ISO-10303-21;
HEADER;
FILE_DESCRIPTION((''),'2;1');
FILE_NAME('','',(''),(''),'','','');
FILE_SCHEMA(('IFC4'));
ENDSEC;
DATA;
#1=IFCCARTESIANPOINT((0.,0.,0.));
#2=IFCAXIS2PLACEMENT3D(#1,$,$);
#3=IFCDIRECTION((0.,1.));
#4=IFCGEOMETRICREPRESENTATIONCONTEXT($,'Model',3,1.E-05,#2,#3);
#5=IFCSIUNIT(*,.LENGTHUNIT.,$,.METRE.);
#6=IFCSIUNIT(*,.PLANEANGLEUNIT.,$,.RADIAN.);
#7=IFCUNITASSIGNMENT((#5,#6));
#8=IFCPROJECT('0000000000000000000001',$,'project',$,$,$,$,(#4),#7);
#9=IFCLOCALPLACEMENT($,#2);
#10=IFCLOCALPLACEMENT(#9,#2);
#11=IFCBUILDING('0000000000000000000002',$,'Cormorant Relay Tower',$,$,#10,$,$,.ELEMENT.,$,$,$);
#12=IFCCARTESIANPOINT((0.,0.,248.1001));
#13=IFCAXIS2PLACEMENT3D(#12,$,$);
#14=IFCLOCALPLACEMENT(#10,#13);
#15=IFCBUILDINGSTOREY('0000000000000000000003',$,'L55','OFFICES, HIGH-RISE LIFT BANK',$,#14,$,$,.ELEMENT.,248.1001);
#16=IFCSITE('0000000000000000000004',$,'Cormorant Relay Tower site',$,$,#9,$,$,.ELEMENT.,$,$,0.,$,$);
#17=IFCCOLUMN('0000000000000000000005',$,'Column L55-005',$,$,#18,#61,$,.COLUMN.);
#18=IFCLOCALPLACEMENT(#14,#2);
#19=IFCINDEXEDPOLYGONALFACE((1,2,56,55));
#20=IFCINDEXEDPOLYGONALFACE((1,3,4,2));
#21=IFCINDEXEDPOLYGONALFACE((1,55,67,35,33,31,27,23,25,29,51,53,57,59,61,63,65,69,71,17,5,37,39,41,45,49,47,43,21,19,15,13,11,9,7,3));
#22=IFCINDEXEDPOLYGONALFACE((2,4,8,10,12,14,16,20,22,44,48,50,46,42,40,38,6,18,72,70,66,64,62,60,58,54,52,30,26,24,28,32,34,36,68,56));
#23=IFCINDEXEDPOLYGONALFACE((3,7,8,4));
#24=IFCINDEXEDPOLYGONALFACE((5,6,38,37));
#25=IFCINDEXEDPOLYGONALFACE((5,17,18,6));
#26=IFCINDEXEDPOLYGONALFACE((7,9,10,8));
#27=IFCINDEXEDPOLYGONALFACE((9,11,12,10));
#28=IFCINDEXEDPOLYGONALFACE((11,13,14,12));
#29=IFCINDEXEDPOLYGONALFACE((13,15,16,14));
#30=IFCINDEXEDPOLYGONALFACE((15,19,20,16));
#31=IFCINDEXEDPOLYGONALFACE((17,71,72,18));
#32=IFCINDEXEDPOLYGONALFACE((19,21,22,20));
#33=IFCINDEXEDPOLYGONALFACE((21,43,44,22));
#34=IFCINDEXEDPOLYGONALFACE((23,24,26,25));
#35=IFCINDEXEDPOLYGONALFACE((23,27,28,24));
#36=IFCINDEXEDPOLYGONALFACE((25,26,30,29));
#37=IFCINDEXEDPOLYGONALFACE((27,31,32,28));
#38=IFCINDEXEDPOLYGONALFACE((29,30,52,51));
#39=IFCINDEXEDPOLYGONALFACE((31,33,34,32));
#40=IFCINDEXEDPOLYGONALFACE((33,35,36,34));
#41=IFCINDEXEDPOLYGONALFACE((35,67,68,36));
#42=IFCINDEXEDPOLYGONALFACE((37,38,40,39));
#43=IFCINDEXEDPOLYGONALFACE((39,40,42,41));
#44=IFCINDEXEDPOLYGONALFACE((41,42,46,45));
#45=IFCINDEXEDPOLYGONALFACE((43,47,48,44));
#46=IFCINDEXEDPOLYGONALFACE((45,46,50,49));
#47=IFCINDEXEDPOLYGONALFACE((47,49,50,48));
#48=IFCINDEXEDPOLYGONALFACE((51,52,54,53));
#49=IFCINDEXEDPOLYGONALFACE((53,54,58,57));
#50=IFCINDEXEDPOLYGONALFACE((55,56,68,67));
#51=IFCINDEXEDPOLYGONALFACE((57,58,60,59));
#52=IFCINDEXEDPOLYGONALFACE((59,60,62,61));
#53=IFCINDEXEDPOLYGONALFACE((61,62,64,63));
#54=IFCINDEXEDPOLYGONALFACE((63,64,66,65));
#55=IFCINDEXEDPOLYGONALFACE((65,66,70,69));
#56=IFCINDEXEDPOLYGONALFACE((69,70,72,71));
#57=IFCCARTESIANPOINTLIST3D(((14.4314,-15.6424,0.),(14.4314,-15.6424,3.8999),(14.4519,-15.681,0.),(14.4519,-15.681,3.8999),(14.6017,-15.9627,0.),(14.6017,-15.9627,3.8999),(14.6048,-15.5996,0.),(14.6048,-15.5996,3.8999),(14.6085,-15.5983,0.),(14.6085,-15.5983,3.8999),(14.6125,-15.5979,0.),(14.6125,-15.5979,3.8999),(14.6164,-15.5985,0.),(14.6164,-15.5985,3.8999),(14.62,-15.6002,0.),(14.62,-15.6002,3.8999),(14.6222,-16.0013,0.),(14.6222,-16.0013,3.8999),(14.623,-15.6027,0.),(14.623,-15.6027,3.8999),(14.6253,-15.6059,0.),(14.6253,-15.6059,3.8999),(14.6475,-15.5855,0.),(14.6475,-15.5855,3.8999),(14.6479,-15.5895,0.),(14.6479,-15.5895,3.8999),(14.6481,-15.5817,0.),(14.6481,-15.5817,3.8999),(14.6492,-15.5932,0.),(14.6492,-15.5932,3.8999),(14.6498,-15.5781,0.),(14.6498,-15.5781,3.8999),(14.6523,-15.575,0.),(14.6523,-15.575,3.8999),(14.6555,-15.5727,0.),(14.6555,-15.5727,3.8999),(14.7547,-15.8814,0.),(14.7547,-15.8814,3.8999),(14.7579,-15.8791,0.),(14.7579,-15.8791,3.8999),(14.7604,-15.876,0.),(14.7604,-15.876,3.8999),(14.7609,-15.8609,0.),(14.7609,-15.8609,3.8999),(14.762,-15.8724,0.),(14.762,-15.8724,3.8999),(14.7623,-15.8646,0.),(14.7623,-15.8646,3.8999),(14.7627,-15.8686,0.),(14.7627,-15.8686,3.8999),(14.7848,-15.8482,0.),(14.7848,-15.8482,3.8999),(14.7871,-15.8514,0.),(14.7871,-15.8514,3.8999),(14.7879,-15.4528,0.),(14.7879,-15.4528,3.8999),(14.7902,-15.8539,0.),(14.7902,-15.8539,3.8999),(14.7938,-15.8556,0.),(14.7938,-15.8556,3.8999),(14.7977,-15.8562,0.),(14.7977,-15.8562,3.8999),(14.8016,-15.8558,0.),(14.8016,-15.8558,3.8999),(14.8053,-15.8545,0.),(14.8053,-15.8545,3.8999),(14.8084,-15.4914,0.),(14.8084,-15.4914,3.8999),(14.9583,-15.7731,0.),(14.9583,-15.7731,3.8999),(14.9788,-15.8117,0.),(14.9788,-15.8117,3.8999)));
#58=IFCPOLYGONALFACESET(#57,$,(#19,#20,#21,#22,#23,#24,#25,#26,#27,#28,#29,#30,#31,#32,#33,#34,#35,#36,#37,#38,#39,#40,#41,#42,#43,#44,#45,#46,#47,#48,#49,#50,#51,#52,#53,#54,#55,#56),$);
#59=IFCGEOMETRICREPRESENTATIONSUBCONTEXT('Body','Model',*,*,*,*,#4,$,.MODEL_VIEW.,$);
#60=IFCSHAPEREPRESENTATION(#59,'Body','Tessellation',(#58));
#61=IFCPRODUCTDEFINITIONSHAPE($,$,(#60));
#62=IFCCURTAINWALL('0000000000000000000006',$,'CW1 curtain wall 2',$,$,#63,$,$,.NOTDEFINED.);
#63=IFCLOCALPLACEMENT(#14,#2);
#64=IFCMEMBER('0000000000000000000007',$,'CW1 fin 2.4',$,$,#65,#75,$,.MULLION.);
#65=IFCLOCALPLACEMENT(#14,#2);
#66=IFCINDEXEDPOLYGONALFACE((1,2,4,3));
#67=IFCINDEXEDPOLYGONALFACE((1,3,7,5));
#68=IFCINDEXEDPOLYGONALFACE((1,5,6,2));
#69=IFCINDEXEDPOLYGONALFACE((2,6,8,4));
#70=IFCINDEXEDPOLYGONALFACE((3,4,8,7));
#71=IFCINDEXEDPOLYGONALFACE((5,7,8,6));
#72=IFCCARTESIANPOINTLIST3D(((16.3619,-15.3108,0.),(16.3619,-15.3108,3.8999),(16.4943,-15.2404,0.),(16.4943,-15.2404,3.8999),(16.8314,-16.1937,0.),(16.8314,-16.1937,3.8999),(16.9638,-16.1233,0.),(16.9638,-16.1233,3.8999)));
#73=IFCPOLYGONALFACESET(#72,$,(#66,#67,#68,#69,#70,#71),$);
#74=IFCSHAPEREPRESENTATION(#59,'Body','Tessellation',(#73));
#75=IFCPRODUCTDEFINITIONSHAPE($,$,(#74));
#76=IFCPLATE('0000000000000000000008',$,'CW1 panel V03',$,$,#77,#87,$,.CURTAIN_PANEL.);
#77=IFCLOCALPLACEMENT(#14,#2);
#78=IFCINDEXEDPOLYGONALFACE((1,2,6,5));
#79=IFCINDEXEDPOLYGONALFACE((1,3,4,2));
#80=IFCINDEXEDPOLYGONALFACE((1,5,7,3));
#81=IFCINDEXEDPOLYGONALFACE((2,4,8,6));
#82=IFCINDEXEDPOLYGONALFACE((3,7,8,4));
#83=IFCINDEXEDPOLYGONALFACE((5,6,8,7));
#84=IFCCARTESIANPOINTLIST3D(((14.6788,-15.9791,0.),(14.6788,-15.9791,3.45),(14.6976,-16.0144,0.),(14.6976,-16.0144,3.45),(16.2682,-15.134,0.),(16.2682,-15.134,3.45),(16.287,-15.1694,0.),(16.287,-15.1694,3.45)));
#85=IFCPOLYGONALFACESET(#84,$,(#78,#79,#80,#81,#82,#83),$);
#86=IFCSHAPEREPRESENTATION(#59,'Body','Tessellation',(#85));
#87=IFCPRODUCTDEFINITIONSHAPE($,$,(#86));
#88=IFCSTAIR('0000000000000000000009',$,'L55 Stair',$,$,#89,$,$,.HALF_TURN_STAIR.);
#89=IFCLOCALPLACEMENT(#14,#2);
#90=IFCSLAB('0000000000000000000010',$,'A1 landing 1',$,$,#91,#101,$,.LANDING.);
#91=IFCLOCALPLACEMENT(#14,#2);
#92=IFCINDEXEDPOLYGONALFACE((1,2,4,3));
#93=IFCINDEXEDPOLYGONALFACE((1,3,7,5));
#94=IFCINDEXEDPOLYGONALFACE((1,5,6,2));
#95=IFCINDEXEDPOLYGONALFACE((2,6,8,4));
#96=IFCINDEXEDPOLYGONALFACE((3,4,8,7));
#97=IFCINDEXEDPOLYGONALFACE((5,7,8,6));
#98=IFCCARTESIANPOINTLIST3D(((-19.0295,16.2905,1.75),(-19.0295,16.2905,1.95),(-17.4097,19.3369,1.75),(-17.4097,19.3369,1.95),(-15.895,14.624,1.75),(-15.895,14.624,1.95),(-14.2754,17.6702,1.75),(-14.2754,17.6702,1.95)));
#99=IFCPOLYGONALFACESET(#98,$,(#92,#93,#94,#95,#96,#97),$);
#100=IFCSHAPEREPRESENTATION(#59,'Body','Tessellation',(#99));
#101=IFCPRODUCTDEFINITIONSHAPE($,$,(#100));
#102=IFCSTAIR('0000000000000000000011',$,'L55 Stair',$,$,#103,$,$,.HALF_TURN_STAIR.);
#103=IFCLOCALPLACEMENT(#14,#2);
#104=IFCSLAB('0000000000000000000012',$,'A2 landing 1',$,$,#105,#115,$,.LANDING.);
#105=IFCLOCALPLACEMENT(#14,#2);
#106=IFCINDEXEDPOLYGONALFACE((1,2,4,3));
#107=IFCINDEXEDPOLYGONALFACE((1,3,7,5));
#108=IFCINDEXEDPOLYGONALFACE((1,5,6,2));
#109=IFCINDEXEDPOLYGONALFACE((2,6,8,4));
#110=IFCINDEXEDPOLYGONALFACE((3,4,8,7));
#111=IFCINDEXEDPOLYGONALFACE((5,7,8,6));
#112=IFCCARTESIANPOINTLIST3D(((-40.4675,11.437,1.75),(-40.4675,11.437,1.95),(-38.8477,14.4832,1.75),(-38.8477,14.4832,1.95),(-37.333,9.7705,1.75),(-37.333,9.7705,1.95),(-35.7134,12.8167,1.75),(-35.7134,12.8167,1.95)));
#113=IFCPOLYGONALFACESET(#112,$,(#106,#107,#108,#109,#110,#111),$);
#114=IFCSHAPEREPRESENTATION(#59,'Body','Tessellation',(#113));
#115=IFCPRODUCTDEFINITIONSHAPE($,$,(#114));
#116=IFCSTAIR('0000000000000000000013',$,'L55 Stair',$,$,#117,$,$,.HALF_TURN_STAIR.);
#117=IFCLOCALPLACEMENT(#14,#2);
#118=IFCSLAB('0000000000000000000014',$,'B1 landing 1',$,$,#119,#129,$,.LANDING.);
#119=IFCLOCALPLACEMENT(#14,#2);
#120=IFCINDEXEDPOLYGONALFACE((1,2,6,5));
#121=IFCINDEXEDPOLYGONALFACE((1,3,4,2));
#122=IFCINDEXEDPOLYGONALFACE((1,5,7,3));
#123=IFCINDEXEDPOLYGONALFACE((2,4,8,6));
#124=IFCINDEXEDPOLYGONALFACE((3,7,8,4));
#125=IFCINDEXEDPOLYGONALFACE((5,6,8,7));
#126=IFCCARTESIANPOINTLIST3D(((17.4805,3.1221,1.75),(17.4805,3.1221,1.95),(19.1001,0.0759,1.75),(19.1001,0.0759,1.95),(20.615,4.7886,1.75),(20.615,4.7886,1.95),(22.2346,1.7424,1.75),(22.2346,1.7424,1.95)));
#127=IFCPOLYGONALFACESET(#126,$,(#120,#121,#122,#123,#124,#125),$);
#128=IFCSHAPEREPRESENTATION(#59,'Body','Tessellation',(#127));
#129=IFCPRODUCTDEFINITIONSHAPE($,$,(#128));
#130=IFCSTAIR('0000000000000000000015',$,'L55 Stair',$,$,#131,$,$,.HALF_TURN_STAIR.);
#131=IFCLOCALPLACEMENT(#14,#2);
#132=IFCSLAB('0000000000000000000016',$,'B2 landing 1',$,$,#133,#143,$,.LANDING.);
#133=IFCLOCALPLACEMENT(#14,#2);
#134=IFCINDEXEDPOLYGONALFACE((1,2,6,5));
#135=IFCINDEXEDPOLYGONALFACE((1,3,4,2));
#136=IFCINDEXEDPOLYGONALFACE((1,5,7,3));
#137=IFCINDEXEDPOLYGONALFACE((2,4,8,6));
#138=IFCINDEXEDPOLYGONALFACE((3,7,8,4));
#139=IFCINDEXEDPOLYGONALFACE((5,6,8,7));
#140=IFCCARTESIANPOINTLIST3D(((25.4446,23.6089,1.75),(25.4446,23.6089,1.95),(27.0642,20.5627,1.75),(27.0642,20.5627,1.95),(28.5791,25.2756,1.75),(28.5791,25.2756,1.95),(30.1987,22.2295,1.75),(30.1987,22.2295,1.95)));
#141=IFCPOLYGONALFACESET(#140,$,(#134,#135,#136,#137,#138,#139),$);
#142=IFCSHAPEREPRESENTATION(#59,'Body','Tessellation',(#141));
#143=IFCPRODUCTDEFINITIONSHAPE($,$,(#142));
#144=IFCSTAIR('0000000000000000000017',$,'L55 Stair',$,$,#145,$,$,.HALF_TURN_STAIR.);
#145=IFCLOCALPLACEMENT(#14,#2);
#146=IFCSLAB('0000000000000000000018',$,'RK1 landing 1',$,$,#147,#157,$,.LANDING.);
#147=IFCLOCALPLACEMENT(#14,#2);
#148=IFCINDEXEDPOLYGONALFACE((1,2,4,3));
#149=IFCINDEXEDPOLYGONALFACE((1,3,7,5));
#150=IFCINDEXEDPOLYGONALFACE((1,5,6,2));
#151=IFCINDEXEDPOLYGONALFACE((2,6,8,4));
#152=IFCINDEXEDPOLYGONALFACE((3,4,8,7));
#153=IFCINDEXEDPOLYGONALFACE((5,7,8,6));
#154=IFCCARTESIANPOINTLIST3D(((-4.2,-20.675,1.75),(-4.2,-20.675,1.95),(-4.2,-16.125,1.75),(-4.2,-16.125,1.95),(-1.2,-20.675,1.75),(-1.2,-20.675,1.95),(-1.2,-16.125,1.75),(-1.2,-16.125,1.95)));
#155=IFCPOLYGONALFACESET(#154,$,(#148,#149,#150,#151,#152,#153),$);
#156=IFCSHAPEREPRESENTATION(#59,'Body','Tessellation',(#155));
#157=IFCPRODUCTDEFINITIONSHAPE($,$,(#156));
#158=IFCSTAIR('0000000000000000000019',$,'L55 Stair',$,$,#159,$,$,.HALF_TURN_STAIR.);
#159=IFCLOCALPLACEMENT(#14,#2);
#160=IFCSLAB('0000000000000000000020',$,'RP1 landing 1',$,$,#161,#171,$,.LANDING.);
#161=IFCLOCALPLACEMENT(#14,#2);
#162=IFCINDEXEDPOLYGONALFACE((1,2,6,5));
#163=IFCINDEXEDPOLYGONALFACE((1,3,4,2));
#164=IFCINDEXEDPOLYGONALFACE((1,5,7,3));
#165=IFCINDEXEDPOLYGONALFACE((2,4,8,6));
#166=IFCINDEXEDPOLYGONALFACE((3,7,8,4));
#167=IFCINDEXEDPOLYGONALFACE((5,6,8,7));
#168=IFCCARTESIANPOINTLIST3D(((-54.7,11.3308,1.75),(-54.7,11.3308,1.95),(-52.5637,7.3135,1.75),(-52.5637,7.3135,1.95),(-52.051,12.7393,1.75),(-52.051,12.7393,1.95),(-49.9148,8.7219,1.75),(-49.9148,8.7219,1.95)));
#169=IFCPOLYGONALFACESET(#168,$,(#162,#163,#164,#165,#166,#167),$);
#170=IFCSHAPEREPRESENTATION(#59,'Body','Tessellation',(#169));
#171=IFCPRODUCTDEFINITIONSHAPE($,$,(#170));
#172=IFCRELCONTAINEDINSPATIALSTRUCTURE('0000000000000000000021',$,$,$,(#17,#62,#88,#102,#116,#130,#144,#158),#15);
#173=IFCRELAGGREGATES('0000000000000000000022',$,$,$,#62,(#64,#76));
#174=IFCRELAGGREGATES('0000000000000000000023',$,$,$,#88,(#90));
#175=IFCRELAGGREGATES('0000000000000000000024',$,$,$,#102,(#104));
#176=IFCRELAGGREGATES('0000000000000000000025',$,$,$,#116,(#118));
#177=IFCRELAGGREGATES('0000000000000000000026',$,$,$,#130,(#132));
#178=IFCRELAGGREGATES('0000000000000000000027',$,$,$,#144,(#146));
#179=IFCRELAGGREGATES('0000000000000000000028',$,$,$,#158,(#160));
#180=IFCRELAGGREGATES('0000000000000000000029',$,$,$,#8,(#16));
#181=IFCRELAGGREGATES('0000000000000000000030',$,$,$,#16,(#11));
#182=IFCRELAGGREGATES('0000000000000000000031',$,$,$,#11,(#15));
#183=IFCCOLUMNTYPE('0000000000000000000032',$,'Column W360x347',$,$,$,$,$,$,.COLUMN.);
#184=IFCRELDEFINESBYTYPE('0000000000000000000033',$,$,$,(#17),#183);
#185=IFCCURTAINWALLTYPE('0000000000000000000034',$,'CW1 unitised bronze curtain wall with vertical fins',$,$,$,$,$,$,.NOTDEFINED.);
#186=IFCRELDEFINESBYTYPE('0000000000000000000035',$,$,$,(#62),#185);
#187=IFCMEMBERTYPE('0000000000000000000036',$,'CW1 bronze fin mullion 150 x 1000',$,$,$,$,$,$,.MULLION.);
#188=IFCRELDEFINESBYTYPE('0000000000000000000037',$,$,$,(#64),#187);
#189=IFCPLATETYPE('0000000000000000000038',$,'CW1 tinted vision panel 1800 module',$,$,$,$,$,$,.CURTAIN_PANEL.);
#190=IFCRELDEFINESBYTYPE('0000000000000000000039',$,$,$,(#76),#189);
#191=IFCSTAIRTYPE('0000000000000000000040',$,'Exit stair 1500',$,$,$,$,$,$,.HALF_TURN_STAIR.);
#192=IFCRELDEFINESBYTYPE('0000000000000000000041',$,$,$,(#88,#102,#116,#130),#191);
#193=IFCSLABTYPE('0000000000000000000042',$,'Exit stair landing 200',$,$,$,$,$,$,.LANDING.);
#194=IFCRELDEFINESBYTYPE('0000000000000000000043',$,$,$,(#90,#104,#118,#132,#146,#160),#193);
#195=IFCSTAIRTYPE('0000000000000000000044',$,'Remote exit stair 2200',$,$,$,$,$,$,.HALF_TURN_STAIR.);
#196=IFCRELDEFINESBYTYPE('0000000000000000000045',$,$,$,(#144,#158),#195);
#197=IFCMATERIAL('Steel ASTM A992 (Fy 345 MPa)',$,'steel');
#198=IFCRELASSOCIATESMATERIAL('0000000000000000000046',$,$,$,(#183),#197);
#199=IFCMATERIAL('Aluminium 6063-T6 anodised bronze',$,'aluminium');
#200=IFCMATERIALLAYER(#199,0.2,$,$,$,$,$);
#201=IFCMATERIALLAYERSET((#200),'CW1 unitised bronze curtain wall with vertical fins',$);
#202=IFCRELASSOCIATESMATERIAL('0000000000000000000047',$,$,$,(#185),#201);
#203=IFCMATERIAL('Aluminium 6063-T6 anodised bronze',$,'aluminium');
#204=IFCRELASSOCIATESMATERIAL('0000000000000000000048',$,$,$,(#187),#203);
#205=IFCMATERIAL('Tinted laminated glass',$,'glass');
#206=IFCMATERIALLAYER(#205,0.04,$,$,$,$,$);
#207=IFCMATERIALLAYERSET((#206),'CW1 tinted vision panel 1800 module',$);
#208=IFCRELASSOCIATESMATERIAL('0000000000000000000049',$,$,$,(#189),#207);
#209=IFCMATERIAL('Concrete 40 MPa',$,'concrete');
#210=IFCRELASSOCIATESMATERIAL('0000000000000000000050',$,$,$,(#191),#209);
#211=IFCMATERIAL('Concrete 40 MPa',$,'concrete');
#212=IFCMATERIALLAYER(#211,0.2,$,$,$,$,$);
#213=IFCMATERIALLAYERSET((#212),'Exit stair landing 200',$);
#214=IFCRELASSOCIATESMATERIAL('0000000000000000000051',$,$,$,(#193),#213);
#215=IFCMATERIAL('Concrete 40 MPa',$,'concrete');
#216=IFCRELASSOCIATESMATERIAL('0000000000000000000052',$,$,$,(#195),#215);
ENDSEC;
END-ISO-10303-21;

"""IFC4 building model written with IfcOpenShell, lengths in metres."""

from ifc_helpers import new_model, si_unit, direction, frame, origin, origin_2d, place, context, subcontext, project, spatial, polyline, rectangle, i_section, outline, extrude, material, layer, layer_set, material_profile, profile_set, type_object, element, aggregate, save


model = new_model("IFC4")

# Units and contexts
model_context = context("Model", 3, precision=1e-05, world=origin(), true_north=direction((0.0, 1.0)))
body_context = subcontext(model_context, "Body", "Model", "MODEL_VIEW")
ifc_project = project(units=[si_unit("LENGTHUNIT", "METRE"), si_unit("PLANEANGLEUNIT", "RADIAN")], contexts=[model_context])

# Site, building, storey
site_placement = place(None, origin())
site = spatial("IfcSite", under=ifc_project, at=site_placement, Name="Cormorant Relay Tower site", CompositionType="ELEMENT", RefElevation=0.0)
building_placement = place(site_placement, origin())
building = spatial("IfcBuilding", under=site, at=building_placement, Name="Cormorant Relay Tower", CompositionType="ELEMENT")
storey_placement = place(building_placement, frame((0.0, 0.0, 248.1001)))
storey = spatial("IfcBuildingStorey", under=building, at=storey_placement, Name="L55", Description="OFFICES, HIGH-RISE LIFT BANK", CompositionType="ELEMENT", Elevation=248.1001)

# Column
ifc_material_1 = material(Name="Steel ASTM A992 (Fy 345 MPa)", Category="steel")
ifc_material_profile_1 = material_profile(ifc_material_1, i_section(OverallWidth=0.4038, OverallDepth=0.4065, WebThickness=0.0271, FlangeThickness=0.0437, FilletRadius=0.0151, at=origin_2d()), Name="W360x347")
ifc_profile_set_1 = profile_set([ifc_material_profile_1], Name="Steel ASTM A992 (Fy 345 MPa)")
column_type_1 = type_object("IfcColumnType", Name="Column W360x347", PredefinedType="COLUMN", material=ifc_profile_set_1)
column_placement = place(storey_placement, frame((14.7051, -15.7271, 0.0), z_axis=(0.0, 0.0, 1.0), x_axis=(0.882948, 0.469472, 0.0)))
element("IfcColumn", 1, at=column_placement, inside=storey, type_object=column_type_1, Name="Column L55-005", PredefinedType="COLUMN", context=body_context, shape_type="SweptSolid", body=[
    extrude(i_section(OverallWidth=0.4038, OverallDepth=0.4065, WebThickness=0.0271, FlangeThickness=0.0437, FilletRadius=0.0151, at=origin_2d()), origin(), (0.0, 0.0, 1.0), 3.8999),
])

# Curtain wall, member, plate
ifc_material_2 = material(Name="Aluminium 6063-T6 anodised bronze", Category="aluminium")
ifc_layer_1 = layer(ifc_material_2, 0.2)
ifc_layer_set_1 = layer_set([ifc_layer_1], Name="CW1 unitised bronze curtain wall with vertical fins")
curtain_wall_type = type_object("IfcCurtainWallType", Name="CW1 unitised bronze curtain wall with vertical fins", PredefinedType="NOTDEFINED", material=ifc_layer_set_1)
curtain_wall_placement = place(storey_placement, origin())
curtain_wall = element("IfcCurtainWall", 2, at=curtain_wall_placement, inside=storey, type_object=curtain_wall_type, Name="CW1 curtain wall 2", PredefinedType="NOTDEFINED")
ifc_material_3 = material(Name="Aluminium 6063-T6 anodised bronze", Category="aluminium")
ifc_material_profile_2 = material_profile(ifc_material_3, rectangle(XDim=0.1499, YDim=1.0, at=origin_2d()), Name="AL 150x1000")
ifc_profile_set_2 = profile_set([ifc_material_profile_2], Name="Aluminium 6063-T6 anodised bronze")
member_type = type_object("IfcMemberType", Name="CW1 bronze fin mullion 150 x 1000", PredefinedType="MULLION", material=ifc_profile_set_2)
member_placement = place(storey_placement, frame((16.6628, -15.717, 0.0), z_axis=(0.0, 0.0, 1.0), x_axis=(0.882948, 0.469472, 0.0)))
member = element("IfcMember", 3, at=member_placement, type_object=member_type, Name="CW1 fin 2.4", PredefinedType="MULLION", context=body_context, shape_type="SweptSolid", body=[
    extrude(rectangle(XDim=0.1499, YDim=1.0, at=origin_2d()), origin(), (0.0, 0.0, 1.0), 3.8999),
])
ifc_material_4 = material(Name="Tinted laminated glass", Category="glass")
ifc_layer_2 = layer(ifc_material_4, 0.04)
ifc_layer_set_2 = layer_set([ifc_layer_2], Name="CW1 tinted vision panel 1800 module")
plate_type = type_object("IfcPlateType", Name="CW1 tinted vision panel 1800 module", PredefinedType="CURTAIN_PANEL", material=ifc_layer_set_2)
plate_placement = place(storey_placement, frame((15.4829, -15.5742, 0.0), z_axis=(0.0, 0.0, 1.0), x_axis=(0.882948, 0.469472, 0.0)))
plate = element("IfcPlate", 4, at=plate_placement, type_object=plate_type, Name="CW1 panel V03", PredefinedType="CURTAIN_PANEL", context=body_context, shape_type="SweptSolid", body=[
    extrude(rectangle(XDim=1.8, YDim=0.04, at=origin_2d()), origin(), (0.0, 0.0, 1.0), 3.45),
])
aggregate(curtain_wall, [member, plate])

# Stairs, slabs
ifc_material_5 = material(Name="Concrete 40 MPa", Category="concrete")
stair_type_1 = type_object("IfcStairType", Name="Exit stair 1500", PredefinedType="HALF_TURN_STAIR", material=ifc_material_5)
stair_1_placement = place(storey_placement, origin())
stair_1 = element("IfcStair", 5, at=stair_1_placement, inside=storey, type_object=stair_type_1, Name="L55 Stair", PredefinedType="HALF_TURN_STAIR")
ifc_material_6 = material(Name="Concrete 40 MPa", Category="concrete")
ifc_layer_3 = layer(ifc_material_6, 0.2)
ifc_layer_set_3 = layer_set([ifc_layer_3], Name="Exit stair landing 200")
slab_type_1 = type_object("IfcSlabType", Name="Exit stair landing 200", PredefinedType="LANDING", material=ifc_layer_set_3)
slab_1_placement = place(storey_placement, frame((0.0, 0.0, 1.75)))
slab_1 = element("IfcSlab", 6, at=slab_1_placement, type_object=slab_type_1, Name="A1 landing 1", PredefinedType="LANDING", context=body_context, shape_type="SweptSolid", body=[
    extrude(outline(polyline([(-19.0295, 16.2905), (-15.895, 14.624), (-14.2754, 17.6702), (-17.4097, 19.3369), (-19.0295, 16.2905)])), origin(), (0.0, 0.0, 1.0), 0.2),
])
aggregate(stair_1, [slab_1])
stair_2_placement = place(storey_placement, origin())
stair_2 = element("IfcStair", 7, at=stair_2_placement, inside=storey, type_object=stair_type_1, Name="L55 Stair", PredefinedType="HALF_TURN_STAIR")
slab_2_placement = place(storey_placement, frame((0.0, 0.0, 1.75)))
slab_2 = element("IfcSlab", 8, at=slab_2_placement, type_object=slab_type_1, Name="A2 landing 1", PredefinedType="LANDING", context=body_context, shape_type="SweptSolid", body=[
    extrude(outline(polyline([(-35.7134, 12.8167), (-38.8477, 14.4832), (-40.4675, 11.437), (-37.333, 9.7705), (-35.7134, 12.8167)])), origin(), (0.0, 0.0, 1.0), 0.2),
])
aggregate(stair_2, [slab_2])
stair_3_placement = place(storey_placement, origin())
stair_3 = element("IfcStair", 9, at=stair_3_placement, inside=storey, type_object=stair_type_1, Name="L55 Stair", PredefinedType="HALF_TURN_STAIR")
slab_3_placement = place(storey_placement, frame((0.0, 0.0, 1.75)))
slab_3 = element("IfcSlab", 10, at=slab_3_placement, type_object=slab_type_1, Name="B1 landing 1", PredefinedType="LANDING", context=body_context, shape_type="SweptSolid", body=[
    extrude(outline(polyline([(20.615, 4.7886), (17.4805, 3.1221), (19.1001, 0.0759), (22.2346, 1.7424), (20.615, 4.7886)])), origin(), (0.0, 0.0, 1.0), 0.2),
])
aggregate(stair_3, [slab_3])
stair_4_placement = place(storey_placement, origin())
stair_4 = element("IfcStair", 11, at=stair_4_placement, inside=storey, type_object=stair_type_1, Name="L55 Stair", PredefinedType="HALF_TURN_STAIR")
slab_4_placement = place(storey_placement, frame((0.0, 0.0, 1.75)))
slab_4 = element("IfcSlab", 12, at=slab_4_placement, type_object=slab_type_1, Name="B2 landing 1", PredefinedType="LANDING", context=body_context, shape_type="SweptSolid", body=[
    extrude(outline(polyline([(27.0642, 20.5627), (30.1987, 22.2295), (28.5791, 25.2756), (25.4446, 23.6089), (27.0642, 20.5627)])), origin(), (0.0, 0.0, 1.0), 0.2),
])
aggregate(stair_4, [slab_4])
ifc_material_7 = material(Name="Concrete 40 MPa", Category="concrete")
stair_type_2 = type_object("IfcStairType", Name="Remote exit stair 2200", PredefinedType="HALF_TURN_STAIR", material=ifc_material_7)
stair_5_placement = place(storey_placement, origin())
stair_5 = element("IfcStair", 13, at=stair_5_placement, inside=storey, type_object=stair_type_2, Name="L55 Stair", PredefinedType="HALF_TURN_STAIR")
slab_5_placement = place(storey_placement, frame((0.0, 0.0, 1.75)))
slab_5 = element("IfcSlab", 14, at=slab_5_placement, type_object=slab_type_1, Name="RK1 landing 1", PredefinedType="LANDING", context=body_context, shape_type="SweptSolid", body=[
    extrude(outline(polyline([(-1.2, -16.125), (-4.2, -16.125), (-4.2, -20.675), (-1.2, -20.675), (-1.2, -16.125)])), origin(), (0.0, 0.0, 1.0), 0.2),
])
aggregate(stair_5, [slab_5])
stair_6_placement = place(storey_placement, origin())
stair_6 = element("IfcStair", 15, at=stair_6_placement, inside=storey, type_object=stair_type_2, Name="L55 Stair", PredefinedType="HALF_TURN_STAIR")
slab_6_placement = place(storey_placement, frame((0.0, 0.0, 1.75)))
slab_6 = element("IfcSlab", 16, at=slab_6_placement, type_object=slab_type_1, Name="RP1 landing 1", PredefinedType="LANDING", context=body_context, shape_type="SweptSolid", body=[
    extrude(outline(polyline([(-52.051, 12.7393), (-54.7, 11.3308), (-52.5637, 7.3135), (-49.9148, 8.7219), (-52.051, 12.7393)])), origin(), (0.0, 0.0, 1.0), 0.2),
])
aggregate(stair_6, [slab_6])

save(model, "model.ifc")
